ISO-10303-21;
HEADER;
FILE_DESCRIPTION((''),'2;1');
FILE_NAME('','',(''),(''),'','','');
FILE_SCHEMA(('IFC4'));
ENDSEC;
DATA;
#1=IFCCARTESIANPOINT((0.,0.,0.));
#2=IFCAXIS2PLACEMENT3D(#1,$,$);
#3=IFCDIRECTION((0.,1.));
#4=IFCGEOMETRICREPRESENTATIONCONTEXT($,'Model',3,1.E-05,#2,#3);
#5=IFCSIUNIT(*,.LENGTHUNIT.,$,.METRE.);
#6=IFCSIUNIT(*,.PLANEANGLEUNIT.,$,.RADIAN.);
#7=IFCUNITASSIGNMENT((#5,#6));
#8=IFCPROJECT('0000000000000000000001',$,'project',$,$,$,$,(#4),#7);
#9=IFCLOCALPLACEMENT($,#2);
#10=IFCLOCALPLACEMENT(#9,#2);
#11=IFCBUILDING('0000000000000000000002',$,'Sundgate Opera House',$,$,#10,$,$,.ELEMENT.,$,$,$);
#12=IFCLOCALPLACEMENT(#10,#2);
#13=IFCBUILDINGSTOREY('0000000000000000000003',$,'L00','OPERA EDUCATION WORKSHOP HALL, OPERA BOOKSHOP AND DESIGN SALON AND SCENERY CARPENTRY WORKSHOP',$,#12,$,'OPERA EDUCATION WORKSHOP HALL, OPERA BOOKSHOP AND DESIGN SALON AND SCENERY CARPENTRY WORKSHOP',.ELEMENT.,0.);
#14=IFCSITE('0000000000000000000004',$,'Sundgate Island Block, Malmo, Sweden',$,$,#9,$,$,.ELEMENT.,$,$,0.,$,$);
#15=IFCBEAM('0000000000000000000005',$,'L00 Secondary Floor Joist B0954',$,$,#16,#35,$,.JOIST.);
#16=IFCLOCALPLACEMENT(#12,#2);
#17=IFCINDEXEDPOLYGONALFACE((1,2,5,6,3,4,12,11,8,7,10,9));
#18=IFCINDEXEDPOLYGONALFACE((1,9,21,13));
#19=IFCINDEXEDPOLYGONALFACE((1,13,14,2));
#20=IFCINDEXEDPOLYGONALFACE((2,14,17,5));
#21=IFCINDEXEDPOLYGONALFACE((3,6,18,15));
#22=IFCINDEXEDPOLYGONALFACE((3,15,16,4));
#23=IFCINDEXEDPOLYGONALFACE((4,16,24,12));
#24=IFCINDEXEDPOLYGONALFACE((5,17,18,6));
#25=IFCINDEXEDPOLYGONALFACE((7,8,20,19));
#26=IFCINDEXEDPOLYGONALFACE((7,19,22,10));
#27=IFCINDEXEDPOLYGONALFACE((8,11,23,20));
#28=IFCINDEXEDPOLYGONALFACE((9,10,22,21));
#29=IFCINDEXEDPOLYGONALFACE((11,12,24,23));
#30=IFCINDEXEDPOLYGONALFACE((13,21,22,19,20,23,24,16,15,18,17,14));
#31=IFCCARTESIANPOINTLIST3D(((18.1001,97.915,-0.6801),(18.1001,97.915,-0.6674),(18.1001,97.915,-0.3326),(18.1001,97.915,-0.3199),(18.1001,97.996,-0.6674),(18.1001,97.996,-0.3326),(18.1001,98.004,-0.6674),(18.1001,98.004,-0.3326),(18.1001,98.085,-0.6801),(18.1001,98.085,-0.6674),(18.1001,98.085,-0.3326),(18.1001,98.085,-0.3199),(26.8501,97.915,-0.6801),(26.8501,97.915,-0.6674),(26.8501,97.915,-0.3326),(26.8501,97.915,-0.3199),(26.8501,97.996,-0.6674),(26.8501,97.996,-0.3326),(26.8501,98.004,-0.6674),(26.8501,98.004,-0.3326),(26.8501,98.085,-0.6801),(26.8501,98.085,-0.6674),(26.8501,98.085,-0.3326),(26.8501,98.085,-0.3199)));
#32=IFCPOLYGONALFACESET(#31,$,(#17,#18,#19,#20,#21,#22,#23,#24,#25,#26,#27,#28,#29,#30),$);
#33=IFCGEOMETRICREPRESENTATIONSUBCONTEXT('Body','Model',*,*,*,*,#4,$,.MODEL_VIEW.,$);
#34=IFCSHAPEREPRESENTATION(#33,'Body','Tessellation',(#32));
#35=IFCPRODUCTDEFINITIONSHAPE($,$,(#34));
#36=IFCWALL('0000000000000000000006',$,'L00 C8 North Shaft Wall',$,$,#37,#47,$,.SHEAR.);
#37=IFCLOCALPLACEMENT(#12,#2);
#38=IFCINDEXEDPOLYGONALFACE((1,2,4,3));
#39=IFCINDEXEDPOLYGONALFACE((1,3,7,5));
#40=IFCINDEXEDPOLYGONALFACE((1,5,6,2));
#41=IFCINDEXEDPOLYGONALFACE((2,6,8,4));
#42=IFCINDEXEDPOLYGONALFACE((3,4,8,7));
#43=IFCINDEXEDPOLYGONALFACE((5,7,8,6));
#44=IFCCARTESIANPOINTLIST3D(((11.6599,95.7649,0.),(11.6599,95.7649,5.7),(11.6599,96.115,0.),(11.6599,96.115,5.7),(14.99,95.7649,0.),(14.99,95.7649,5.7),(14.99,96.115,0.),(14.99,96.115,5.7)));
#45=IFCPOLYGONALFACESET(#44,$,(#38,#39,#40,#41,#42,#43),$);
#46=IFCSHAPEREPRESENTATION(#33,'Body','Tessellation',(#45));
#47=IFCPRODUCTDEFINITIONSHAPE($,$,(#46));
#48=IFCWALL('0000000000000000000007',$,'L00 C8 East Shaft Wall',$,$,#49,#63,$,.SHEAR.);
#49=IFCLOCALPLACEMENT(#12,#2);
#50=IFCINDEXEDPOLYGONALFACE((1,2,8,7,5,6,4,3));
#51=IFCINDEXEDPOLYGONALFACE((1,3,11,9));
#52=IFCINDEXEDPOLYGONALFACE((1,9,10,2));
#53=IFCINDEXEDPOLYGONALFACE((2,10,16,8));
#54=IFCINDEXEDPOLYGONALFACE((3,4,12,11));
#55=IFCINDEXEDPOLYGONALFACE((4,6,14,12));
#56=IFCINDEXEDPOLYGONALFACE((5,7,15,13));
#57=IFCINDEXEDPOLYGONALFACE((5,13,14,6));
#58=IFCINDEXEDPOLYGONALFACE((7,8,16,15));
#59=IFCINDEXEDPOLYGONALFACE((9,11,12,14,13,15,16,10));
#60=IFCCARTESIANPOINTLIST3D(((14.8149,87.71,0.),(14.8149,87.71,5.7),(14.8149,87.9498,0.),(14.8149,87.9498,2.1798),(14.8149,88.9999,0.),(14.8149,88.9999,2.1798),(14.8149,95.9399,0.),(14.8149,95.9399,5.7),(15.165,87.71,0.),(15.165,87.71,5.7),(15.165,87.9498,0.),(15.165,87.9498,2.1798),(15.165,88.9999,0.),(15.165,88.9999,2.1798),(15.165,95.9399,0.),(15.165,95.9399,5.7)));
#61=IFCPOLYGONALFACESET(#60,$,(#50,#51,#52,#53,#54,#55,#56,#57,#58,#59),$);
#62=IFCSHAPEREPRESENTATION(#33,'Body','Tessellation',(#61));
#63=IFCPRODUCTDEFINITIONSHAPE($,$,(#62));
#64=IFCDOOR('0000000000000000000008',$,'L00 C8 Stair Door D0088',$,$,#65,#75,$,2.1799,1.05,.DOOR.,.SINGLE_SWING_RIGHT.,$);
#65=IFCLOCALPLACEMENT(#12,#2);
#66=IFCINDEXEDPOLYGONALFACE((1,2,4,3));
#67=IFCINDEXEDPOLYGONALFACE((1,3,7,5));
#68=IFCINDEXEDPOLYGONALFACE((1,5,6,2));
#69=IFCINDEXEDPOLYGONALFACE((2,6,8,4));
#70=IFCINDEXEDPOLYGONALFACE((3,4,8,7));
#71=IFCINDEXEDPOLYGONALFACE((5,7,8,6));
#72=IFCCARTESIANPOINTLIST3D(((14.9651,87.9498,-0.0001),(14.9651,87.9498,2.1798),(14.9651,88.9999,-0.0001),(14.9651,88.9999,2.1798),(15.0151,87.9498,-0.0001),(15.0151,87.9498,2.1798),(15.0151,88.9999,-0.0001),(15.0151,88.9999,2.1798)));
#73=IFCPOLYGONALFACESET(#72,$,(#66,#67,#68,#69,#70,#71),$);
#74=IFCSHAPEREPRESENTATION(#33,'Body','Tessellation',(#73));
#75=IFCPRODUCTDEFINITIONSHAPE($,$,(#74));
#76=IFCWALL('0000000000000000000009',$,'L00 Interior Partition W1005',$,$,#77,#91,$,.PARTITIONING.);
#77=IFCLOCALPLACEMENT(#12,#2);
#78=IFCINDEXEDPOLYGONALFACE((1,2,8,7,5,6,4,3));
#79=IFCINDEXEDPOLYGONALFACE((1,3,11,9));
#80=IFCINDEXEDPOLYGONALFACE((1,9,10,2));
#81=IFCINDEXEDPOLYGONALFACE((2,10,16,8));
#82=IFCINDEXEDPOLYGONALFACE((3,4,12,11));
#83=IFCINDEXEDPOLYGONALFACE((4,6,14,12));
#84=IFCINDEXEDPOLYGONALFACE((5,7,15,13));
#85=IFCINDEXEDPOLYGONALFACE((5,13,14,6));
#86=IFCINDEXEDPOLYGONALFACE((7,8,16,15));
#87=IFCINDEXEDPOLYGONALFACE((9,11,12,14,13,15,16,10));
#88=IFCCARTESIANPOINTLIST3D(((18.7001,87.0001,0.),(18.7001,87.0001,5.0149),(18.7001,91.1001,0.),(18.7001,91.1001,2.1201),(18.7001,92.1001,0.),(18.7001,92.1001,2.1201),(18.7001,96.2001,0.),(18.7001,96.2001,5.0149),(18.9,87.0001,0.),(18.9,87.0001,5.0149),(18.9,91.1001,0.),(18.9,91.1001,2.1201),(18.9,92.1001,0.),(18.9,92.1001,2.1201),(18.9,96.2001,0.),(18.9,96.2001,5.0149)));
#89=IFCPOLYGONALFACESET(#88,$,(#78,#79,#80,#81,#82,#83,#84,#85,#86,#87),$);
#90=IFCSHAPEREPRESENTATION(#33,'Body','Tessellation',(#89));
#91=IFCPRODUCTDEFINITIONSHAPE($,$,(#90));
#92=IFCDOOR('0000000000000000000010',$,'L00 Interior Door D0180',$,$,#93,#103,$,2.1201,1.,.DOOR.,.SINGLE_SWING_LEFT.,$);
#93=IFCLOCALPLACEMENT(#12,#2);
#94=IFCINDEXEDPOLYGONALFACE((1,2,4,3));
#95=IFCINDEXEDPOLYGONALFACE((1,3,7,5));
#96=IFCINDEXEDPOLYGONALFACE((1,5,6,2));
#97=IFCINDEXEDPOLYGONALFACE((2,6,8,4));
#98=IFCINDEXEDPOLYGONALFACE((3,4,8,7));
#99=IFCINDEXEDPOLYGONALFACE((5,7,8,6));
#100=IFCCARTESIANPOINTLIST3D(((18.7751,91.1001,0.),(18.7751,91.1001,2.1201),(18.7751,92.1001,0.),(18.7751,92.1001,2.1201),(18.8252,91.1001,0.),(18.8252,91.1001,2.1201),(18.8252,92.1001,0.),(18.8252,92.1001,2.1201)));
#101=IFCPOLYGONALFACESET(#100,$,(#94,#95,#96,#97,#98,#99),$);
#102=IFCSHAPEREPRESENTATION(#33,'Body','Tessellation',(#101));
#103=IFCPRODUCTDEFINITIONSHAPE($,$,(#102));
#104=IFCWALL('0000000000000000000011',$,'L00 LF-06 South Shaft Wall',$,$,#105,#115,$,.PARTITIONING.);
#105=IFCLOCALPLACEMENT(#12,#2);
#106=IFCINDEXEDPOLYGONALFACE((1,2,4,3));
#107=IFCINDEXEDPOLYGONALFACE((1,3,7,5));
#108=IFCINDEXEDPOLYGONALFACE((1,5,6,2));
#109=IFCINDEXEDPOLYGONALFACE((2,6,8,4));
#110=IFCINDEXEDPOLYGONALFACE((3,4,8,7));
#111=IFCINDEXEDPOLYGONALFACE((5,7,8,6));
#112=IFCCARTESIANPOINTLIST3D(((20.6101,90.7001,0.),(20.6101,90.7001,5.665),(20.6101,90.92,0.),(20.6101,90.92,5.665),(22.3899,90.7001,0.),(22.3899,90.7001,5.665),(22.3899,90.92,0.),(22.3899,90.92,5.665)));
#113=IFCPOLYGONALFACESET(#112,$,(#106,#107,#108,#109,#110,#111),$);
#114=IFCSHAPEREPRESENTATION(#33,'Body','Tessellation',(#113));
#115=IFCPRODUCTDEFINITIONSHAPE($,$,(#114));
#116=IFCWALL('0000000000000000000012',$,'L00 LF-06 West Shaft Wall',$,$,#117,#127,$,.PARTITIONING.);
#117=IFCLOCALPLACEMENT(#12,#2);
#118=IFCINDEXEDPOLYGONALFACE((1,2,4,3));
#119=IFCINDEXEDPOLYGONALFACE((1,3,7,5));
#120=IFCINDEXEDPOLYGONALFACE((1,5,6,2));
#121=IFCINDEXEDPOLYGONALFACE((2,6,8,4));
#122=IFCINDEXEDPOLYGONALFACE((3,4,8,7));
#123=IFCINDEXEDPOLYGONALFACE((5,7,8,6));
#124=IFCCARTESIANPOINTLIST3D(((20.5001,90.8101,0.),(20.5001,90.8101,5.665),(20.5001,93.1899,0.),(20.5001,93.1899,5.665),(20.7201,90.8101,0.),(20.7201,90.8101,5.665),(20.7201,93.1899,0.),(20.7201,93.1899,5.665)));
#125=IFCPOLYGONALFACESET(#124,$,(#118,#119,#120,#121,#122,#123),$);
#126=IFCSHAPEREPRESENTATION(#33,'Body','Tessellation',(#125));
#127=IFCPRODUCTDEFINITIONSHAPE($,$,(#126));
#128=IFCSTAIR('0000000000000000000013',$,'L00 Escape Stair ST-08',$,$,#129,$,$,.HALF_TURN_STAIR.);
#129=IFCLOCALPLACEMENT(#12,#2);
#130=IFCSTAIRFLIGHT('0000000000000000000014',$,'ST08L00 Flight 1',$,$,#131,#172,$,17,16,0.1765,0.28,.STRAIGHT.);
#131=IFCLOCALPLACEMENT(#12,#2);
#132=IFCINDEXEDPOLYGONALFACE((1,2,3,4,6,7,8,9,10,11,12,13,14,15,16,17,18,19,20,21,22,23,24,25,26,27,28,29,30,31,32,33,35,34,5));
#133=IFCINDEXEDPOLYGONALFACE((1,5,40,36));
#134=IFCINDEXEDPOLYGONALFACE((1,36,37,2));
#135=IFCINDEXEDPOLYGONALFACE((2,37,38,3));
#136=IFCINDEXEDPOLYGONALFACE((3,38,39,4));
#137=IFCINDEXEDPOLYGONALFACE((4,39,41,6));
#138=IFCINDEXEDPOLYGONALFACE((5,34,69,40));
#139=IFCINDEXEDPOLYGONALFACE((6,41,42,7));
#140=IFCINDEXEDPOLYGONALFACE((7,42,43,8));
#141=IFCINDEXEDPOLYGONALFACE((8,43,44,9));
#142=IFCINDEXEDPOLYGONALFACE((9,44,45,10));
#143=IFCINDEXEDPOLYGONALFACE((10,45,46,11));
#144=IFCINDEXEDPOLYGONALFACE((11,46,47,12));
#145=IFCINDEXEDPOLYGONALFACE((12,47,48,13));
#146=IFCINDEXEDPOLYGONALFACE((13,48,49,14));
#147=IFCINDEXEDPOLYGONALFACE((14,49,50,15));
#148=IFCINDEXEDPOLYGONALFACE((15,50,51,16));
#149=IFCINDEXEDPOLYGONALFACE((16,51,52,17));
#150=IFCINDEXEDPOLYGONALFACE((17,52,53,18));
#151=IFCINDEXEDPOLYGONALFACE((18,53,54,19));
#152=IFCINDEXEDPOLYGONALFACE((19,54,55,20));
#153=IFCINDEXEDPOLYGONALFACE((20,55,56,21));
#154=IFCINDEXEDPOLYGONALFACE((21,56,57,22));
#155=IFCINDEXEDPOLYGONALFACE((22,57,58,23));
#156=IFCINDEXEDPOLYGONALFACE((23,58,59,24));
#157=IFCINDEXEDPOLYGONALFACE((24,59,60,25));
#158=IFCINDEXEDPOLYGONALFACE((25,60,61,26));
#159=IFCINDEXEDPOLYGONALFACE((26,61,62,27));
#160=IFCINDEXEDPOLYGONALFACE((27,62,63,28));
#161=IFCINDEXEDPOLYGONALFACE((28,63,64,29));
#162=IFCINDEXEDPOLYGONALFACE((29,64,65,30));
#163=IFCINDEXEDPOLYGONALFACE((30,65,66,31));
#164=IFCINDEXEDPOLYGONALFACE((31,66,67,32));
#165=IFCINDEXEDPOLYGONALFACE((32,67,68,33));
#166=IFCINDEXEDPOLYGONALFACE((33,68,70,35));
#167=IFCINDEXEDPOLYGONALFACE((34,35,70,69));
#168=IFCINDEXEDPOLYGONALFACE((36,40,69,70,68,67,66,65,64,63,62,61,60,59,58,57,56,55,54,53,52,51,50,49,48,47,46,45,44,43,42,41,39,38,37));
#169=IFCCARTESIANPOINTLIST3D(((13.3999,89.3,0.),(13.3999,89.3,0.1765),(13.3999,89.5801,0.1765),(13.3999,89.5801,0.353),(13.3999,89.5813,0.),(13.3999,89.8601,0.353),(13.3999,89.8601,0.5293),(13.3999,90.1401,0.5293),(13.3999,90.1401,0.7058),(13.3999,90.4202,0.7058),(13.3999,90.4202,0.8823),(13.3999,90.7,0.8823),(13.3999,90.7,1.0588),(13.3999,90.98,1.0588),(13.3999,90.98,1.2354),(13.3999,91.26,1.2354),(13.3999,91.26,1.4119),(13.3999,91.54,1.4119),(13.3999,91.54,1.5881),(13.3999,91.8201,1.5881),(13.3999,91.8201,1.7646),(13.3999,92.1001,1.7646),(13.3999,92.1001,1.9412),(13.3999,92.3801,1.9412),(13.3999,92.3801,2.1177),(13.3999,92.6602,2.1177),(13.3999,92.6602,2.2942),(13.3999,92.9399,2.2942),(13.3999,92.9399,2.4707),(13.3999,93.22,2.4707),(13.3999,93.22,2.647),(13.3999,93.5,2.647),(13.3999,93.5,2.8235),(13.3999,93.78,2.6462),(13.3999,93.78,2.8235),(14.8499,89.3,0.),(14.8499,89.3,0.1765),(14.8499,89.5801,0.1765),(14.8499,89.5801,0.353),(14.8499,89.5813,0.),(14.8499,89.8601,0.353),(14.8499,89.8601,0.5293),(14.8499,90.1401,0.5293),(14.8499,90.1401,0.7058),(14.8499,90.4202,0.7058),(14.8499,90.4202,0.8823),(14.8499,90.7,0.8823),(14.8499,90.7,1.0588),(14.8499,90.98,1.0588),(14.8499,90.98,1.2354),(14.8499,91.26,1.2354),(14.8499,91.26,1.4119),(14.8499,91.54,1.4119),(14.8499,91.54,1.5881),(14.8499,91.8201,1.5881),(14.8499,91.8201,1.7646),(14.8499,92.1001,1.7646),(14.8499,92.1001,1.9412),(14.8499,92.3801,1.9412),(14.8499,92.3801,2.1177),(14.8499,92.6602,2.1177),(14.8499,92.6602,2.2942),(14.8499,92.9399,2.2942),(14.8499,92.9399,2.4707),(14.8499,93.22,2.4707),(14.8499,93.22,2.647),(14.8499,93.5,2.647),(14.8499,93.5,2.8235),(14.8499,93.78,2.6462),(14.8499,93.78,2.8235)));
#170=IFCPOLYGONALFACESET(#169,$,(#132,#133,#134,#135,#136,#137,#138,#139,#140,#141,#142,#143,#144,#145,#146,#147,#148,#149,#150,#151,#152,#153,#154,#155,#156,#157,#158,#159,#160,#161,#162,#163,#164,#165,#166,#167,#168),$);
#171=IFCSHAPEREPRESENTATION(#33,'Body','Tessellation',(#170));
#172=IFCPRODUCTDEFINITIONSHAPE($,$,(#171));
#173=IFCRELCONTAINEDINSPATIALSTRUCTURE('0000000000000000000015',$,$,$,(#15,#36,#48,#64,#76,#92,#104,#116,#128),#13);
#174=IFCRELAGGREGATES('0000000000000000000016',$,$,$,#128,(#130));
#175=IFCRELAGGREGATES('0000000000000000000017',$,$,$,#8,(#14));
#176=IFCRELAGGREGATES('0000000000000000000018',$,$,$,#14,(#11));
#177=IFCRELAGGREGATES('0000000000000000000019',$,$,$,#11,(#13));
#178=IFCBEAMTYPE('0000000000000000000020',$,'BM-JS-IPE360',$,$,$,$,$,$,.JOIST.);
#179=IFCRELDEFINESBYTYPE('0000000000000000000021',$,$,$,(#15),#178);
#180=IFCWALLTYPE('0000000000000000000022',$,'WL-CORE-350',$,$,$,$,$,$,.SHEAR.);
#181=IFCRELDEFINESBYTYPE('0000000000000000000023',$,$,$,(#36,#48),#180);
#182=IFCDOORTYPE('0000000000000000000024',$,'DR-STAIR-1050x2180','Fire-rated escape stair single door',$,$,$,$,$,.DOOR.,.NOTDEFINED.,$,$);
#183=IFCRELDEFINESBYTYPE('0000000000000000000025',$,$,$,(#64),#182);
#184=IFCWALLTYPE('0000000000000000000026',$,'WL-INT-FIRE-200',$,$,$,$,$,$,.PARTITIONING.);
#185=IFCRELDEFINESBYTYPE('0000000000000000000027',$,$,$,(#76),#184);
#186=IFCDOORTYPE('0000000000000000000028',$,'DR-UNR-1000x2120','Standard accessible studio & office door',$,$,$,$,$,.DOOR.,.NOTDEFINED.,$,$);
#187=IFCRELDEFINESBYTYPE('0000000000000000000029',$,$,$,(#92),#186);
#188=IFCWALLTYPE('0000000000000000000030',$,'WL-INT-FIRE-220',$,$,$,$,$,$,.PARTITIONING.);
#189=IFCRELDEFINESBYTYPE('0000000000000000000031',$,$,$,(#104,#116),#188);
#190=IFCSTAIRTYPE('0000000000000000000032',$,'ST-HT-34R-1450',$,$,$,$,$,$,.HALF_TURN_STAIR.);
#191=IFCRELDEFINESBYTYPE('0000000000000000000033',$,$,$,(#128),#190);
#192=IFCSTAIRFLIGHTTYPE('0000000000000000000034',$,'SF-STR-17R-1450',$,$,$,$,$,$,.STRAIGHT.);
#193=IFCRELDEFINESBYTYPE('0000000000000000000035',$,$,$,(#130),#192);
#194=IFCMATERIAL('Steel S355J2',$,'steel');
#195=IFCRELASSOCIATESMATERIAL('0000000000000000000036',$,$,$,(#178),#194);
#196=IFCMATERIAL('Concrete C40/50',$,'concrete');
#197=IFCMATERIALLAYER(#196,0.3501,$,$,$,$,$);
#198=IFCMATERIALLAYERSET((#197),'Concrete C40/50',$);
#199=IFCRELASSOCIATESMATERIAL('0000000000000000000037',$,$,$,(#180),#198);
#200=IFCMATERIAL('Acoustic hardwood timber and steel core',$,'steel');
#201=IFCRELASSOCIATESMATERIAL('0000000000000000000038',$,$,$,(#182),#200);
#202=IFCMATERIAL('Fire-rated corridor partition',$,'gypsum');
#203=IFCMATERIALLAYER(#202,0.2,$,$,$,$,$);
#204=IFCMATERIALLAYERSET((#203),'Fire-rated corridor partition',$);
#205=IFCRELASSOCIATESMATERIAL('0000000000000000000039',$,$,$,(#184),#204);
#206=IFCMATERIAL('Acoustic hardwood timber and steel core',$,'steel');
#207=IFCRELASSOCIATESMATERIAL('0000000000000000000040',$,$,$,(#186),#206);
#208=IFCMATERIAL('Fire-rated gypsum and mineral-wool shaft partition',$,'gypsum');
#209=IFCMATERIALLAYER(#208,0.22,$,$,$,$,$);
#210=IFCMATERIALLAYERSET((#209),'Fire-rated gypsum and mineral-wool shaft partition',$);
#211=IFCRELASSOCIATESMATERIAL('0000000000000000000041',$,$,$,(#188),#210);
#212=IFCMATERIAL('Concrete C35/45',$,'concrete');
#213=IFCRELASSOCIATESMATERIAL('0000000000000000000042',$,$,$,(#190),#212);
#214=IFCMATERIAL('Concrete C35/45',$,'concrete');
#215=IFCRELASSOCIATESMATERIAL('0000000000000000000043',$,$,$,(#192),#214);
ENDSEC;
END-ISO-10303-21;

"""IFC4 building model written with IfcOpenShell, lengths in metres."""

from ifc_helpers import new_model, si_unit, direction, frame, frame_2d, origin, origin_2d, place, context, subcontext, project, spatial, polyline, rectangle, i_section, outline, extrude, material, layer, layer_set, material_profile, profile_set, type_object, element, fill, aggregate, save


model = new_model("IFC4")

# Units and contexts
model_context = context("Model", 3, precision=1e-05, world=origin(), true_north=direction((0.0, 1.0)))
body_context = subcontext(model_context, "Body", "Model", "MODEL_VIEW")
ifc_project = project(units=[si_unit("LENGTHUNIT", "METRE"), si_unit("PLANEANGLEUNIT", "RADIAN")], contexts=[model_context])

# Site, building, storey
site_placement = place(None, origin())
site = spatial("IfcSite", under=ifc_project, at=site_placement, Name="Sundgate Island Block, Malmo, Sweden", CompositionType="ELEMENT", RefElevation=0.0)
building_placement = place(site_placement, origin())
building = spatial("IfcBuilding", under=site, at=building_placement, Name="Sundgate Opera House", CompositionType="ELEMENT")
storey_placement = place(building_placement, origin())
storey = spatial("IfcBuildingStorey", under=building, at=storey_placement, Name="L00", Description="OPERA EDUCATION WORKSHOP HALL, OPERA BOOKSHOP AND DESIGN SALON AND SCENERY CARPENTRY WORKSHOP", LongName="OPERA EDUCATION WORKSHOP HALL, OPERA BOOKSHOP AND DESIGN SALON AND SCENERY CARPENTRY WORKSHOP", CompositionType="ELEMENT", Elevation=0.0)

# Beam
ifc_material_1 = material(Name="Steel S355J2", Category="steel")
ifc_material_profile_1 = material_profile(ifc_material_1, i_section(OverallWidth=0.1699, OverallDepth=0.3601, WebThickness=0.0081, FlangeThickness=0.0127, at=origin_2d()), Name="IPE 360")
ifc_profile_set_1 = profile_set([ifc_material_profile_1], Name="Steel S355J2")
beam_type_1 = type_object("IfcBeamType", Name="BM-JS-IPE360", PredefinedType="JOIST", material=ifc_profile_set_1)
beam_1_placement = place(storey_placement, frame((18.1001, 98.0, -0.5), z_axis=(1.0, 0.0, 0.0), x_axis=(0.0, 1.0, 0.0)))
element("IfcBeam", 1, at=beam_1_placement, inside=storey, type_object=beam_type_1, Name="L00 Secondary Floor Joist B0954", PredefinedType="JOIST", context=body_context, shape_type="SweptSolid", body=[
    extrude(i_section(OverallWidth=0.1699, OverallDepth=0.3601, WebThickness=0.0081, FlangeThickness=0.0127, at=origin_2d()), origin(), (0.0, 0.0, 1.0), 8.75),
])

# Wall
ifc_material_2 = material(Name="Concrete C40/50", Category="concrete")
ifc_layer_1 = layer(ifc_material_2, 0.3501)
ifc_layer_set_1 = layer_set([ifc_layer_1], Name="Concrete C40/50")
wall_type_1 = type_object("IfcWallType", Name="WL-CORE-350", PredefinedType="SHEAR", material=ifc_layer_set_1)
wall_1_placement = place(storey_placement, frame((11.6599, 95.9399, 0.0), z_axis=(0.0, 0.0, 1.0), x_axis=(1.0, 0.0, 0.0)))
element("IfcWall", 2, at=wall_1_placement, inside=storey, type_object=wall_type_1, Name="L00 C8 North Shaft Wall", PredefinedType="SHEAR", context=body_context, shape_type="SweptSolid", body=[
    extrude(rectangle(XDim=3.3301, YDim=0.3501, at=frame_2d((1.665, 0.0))), origin(), (0.0, 0.0, 1.0), 5.7),
])

# Walls, openings, doors
wall_2_placement = place(storey_placement, frame((14.99, 87.71, 0.0), z_axis=(0.0, 0.0, 1.0), x_axis=(0.0, 1.0, 0.0)))
wall_2 = element("IfcWall", 3, at=wall_2_placement, inside=storey, type_object=wall_type_1, Name="L00 C8 East Shaft Wall", PredefinedType="SHEAR", context=body_context, shape_type="SweptSolid", body=[
    extrude(rectangle(XDim=8.23, YDim=0.3501, at=frame_2d((4.115, 0.0))), origin(), (0.0, 0.0, 1.0), 5.7),
])
opening_1_placement = place(wall_2_placement, frame((0.24, 0.0, 0.0)))
opening_1 = element("IfcOpeningElement", 4, at=opening_1_placement, cuts=wall_2, PredefinedType="OPENING", context=body_context, shape_type="SweptSolid", body=[
    extrude(rectangle(XDim=1.05, YDim=2.1799, at=frame_2d((0.5249, 1.0898))), frame((0.0, 0.1851, 0.0), z_axis=(0.0, -1.0, 0.0), x_axis=(1.0, 0.0, 0.0)), (0.0, 0.0, 1.0), 0.3701),
])
ifc_material_3 = material(Name="Acoustic hardwood timber and steel core", Category="steel")
door_type_1 = type_object("IfcDoorType", Name="DR-STAIR-1050x2180", Description="Fire-rated escape stair single door", OperationType="NOTDEFINED", PredefinedType="DOOR", material=ifc_material_3)
door_1_placement = place(opening_1_placement, origin())
door_1 = element("IfcDoor", 5, at=door_1_placement, inside=storey, type_object=door_type_1, Name="L00 C8 Stair Door D0088", OperationType="SINGLE_SWING_RIGHT", OverallHeight=2.1799, OverallWidth=1.05, PredefinedType="DOOR", context=body_context, shape_type="SweptSolid", body=[
    extrude(rectangle(XDim=1.05, YDim=2.1799, at=frame_2d((0.5249, 1.0898))), frame((0.0, 0.0249, 0.0), z_axis=(0.0, -1.0, 0.0), x_axis=(1.0, 0.0, 0.0)), (0.0, 0.0, 1.0), 0.05),
])
fill(opening_1, door_1)
ifc_material_4 = material(Name="Fire-rated corridor partition", Category="gypsum")
ifc_layer_2 = layer(ifc_material_4, 0.2)
ifc_layer_set_2 = layer_set([ifc_layer_2], Name="Fire-rated corridor partition")
wall_type_2 = type_object("IfcWallType", Name="WL-INT-FIRE-200", PredefinedType="PARTITIONING", material=ifc_layer_set_2)
wall_3_placement = place(storey_placement, frame((18.8, 87.0, 0.0), z_axis=(0.0, 0.0, 1.0), x_axis=(0.0, 1.0, 0.0)))
wall_3 = element("IfcWall", 6, at=wall_3_placement, inside=storey, type_object=wall_type_2, Name="L00 Interior Partition W1005", PredefinedType="PARTITIONING", context=body_context, shape_type="SweptSolid", body=[
    extrude(rectangle(XDim=9.2, YDim=0.2, at=frame_2d((4.6001, 0.0))), origin(), (0.0, 0.0, 1.0), 5.0149),
])
opening_2_placement = place(wall_3_placement, frame((4.1001, 0.0, 0.0)))
opening_2 = element("IfcOpeningElement", 7, at=opening_2_placement, cuts=wall_3, PredefinedType="OPENING", context=body_context, shape_type="SweptSolid", body=[
    extrude(rectangle(XDim=1.0, YDim=2.1201, at=frame_2d((0.5, 1.0601))), frame((0.0, 0.1099, 0.0), z_axis=(0.0, -1.0, 0.0), x_axis=(1.0, 0.0, 0.0)), (0.0, 0.0, 1.0), 0.22),
])
ifc_material_5 = material(Name="Acoustic hardwood timber and steel core", Category="steel")
door_type_2 = type_object("IfcDoorType", Name="DR-UNR-1000x2120", Description="Standard accessible studio & office door", OperationType="NOTDEFINED", PredefinedType="DOOR", material=ifc_material_5)
door_2_placement = place(opening_2_placement, origin())
door_2 = element("IfcDoor", 8, at=door_2_placement, inside=storey, type_object=door_type_2, Name="L00 Interior Door D0180", OperationType="SINGLE_SWING_LEFT", OverallHeight=2.1201, OverallWidth=1.0, PredefinedType="DOOR", context=body_context, shape_type="SweptSolid", body=[
    extrude(rectangle(XDim=1.0, YDim=2.1201, at=frame_2d((0.5, 1.0601))), frame((0.0, 0.0249, 0.0), z_axis=(0.0, -1.0, 0.0), x_axis=(1.0, 0.0, 0.0)), (0.0, 0.0, 1.0), 0.05),
])
fill(opening_2, door_2)

# Walls
ifc_material_6 = material(Name="Fire-rated gypsum and mineral-wool shaft partition", Category="gypsum")
ifc_layer_3 = layer(ifc_material_6, 0.22)
ifc_layer_set_3 = layer_set([ifc_layer_3], Name="Fire-rated gypsum and mineral-wool shaft partition")
wall_type_3 = type_object("IfcWallType", Name="WL-INT-FIRE-220", PredefinedType="PARTITIONING", material=ifc_layer_set_3)
wall_4_placement = place(storey_placement, frame((20.6101, 90.8101, 0.0), z_axis=(0.0, 0.0, 1.0), x_axis=(1.0, 0.0, 0.0)))
element("IfcWall", 9, at=wall_4_placement, inside=storey, type_object=wall_type_3, Name="L00 LF-06 South Shaft Wall", PredefinedType="PARTITIONING", context=body_context, shape_type="SweptSolid", body=[
    extrude(rectangle(XDim=1.7798, YDim=0.22, at=frame_2d((0.8899, 0.0))), origin(), (0.0, 0.0, 1.0), 5.665),
])
wall_5_placement = place(storey_placement, frame((20.6101, 90.8101, 0.0), z_axis=(0.0, 0.0, 1.0), x_axis=(0.0, 1.0, 0.0)))
element("IfcWall", 10, at=wall_5_placement, inside=storey, type_object=wall_type_3, Name="L00 LF-06 West Shaft Wall", PredefinedType="PARTITIONING", context=body_context, shape_type="SweptSolid", body=[
    extrude(rectangle(XDim=2.3799, YDim=0.22, at=frame_2d((1.1899, 0.0))), origin(), (0.0, 0.0, 1.0), 5.665),
])

# Stair, stair flight
ifc_material_7 = material(Name="Concrete C35/45", Category="concrete")
stair_type = type_object("IfcStairType", Name="ST-HT-34R-1450", PredefinedType="HALF_TURN_STAIR", material=ifc_material_7)
stair_placement = place(storey_placement, origin())
stair = element("IfcStair", 11, at=stair_placement, inside=storey, type_object=stair_type, Name="L00 Escape Stair ST-08", PredefinedType="HALF_TURN_STAIR")
ifc_material_8 = material(Name="Concrete C35/45", Category="concrete")
stair_flight_type = type_object("IfcStairFlightType", Name="SF-STR-17R-1450", PredefinedType="STRAIGHT", material=ifc_material_8)
stair_flight_1_placement = place(storey_placement, frame((14.125, 89.3, 0.0), z_axis=(0.0, 0.0, 1.0), x_axis=(0.0, 1.0, 0.0)))
stair_flight_1 = element("IfcStairFlight", 12, at=stair_flight_1_placement, type_object=stair_flight_type, Name="ST08L00 Flight 1", NumberOfRisers=17, NumberOfTreads=16, PredefinedType="STRAIGHT", RiserHeight=0.1765, TreadLength=0.28, context=body_context, shape_type="SweptSolid", body=[
    extrude(outline(polyline([(0.0, 0.0), (0.0, 0.1765), (0.28, 0.1765), (0.28, 0.353), (0.5601, 0.353), (0.5601, 0.5293), (0.8401, 0.5293), (0.8401, 0.7058), (1.1201, 0.7058), (1.1201, 0.8823), (1.3999, 0.8823), (1.3999, 1.0588), (1.6799, 1.0588), (1.6799, 1.2354), (1.96, 1.2354), (1.96, 1.4119), (2.24, 1.4119), (2.24, 1.5881), (2.52, 1.5881), (2.52, 1.7646), (2.8, 1.7646), (2.8, 1.9412), (3.0801, 1.9412), (3.0801, 2.1177), (3.3601, 2.1177), (3.3601, 2.2942), (3.6399, 2.2942), (3.6399, 2.4707), (3.9199, 2.4707), (3.9199, 2.647), (4.2, 2.647), (4.2, 2.8235), (4.48, 2.8235), (4.48, 3.0), (4.48, 2.6462), (0.2812, 0.0), (0.0, 0.0)])), frame((0.0, 0.7251, 0.0), z_axis=(0.0, -1.0, 0.0), x_axis=(1.0, 0.0, 0.0)), (0.0, 0.0, 1.0), 1.45),
])
aggregate(stair, [stair_flight_1])

save(model, "model.ifc")
